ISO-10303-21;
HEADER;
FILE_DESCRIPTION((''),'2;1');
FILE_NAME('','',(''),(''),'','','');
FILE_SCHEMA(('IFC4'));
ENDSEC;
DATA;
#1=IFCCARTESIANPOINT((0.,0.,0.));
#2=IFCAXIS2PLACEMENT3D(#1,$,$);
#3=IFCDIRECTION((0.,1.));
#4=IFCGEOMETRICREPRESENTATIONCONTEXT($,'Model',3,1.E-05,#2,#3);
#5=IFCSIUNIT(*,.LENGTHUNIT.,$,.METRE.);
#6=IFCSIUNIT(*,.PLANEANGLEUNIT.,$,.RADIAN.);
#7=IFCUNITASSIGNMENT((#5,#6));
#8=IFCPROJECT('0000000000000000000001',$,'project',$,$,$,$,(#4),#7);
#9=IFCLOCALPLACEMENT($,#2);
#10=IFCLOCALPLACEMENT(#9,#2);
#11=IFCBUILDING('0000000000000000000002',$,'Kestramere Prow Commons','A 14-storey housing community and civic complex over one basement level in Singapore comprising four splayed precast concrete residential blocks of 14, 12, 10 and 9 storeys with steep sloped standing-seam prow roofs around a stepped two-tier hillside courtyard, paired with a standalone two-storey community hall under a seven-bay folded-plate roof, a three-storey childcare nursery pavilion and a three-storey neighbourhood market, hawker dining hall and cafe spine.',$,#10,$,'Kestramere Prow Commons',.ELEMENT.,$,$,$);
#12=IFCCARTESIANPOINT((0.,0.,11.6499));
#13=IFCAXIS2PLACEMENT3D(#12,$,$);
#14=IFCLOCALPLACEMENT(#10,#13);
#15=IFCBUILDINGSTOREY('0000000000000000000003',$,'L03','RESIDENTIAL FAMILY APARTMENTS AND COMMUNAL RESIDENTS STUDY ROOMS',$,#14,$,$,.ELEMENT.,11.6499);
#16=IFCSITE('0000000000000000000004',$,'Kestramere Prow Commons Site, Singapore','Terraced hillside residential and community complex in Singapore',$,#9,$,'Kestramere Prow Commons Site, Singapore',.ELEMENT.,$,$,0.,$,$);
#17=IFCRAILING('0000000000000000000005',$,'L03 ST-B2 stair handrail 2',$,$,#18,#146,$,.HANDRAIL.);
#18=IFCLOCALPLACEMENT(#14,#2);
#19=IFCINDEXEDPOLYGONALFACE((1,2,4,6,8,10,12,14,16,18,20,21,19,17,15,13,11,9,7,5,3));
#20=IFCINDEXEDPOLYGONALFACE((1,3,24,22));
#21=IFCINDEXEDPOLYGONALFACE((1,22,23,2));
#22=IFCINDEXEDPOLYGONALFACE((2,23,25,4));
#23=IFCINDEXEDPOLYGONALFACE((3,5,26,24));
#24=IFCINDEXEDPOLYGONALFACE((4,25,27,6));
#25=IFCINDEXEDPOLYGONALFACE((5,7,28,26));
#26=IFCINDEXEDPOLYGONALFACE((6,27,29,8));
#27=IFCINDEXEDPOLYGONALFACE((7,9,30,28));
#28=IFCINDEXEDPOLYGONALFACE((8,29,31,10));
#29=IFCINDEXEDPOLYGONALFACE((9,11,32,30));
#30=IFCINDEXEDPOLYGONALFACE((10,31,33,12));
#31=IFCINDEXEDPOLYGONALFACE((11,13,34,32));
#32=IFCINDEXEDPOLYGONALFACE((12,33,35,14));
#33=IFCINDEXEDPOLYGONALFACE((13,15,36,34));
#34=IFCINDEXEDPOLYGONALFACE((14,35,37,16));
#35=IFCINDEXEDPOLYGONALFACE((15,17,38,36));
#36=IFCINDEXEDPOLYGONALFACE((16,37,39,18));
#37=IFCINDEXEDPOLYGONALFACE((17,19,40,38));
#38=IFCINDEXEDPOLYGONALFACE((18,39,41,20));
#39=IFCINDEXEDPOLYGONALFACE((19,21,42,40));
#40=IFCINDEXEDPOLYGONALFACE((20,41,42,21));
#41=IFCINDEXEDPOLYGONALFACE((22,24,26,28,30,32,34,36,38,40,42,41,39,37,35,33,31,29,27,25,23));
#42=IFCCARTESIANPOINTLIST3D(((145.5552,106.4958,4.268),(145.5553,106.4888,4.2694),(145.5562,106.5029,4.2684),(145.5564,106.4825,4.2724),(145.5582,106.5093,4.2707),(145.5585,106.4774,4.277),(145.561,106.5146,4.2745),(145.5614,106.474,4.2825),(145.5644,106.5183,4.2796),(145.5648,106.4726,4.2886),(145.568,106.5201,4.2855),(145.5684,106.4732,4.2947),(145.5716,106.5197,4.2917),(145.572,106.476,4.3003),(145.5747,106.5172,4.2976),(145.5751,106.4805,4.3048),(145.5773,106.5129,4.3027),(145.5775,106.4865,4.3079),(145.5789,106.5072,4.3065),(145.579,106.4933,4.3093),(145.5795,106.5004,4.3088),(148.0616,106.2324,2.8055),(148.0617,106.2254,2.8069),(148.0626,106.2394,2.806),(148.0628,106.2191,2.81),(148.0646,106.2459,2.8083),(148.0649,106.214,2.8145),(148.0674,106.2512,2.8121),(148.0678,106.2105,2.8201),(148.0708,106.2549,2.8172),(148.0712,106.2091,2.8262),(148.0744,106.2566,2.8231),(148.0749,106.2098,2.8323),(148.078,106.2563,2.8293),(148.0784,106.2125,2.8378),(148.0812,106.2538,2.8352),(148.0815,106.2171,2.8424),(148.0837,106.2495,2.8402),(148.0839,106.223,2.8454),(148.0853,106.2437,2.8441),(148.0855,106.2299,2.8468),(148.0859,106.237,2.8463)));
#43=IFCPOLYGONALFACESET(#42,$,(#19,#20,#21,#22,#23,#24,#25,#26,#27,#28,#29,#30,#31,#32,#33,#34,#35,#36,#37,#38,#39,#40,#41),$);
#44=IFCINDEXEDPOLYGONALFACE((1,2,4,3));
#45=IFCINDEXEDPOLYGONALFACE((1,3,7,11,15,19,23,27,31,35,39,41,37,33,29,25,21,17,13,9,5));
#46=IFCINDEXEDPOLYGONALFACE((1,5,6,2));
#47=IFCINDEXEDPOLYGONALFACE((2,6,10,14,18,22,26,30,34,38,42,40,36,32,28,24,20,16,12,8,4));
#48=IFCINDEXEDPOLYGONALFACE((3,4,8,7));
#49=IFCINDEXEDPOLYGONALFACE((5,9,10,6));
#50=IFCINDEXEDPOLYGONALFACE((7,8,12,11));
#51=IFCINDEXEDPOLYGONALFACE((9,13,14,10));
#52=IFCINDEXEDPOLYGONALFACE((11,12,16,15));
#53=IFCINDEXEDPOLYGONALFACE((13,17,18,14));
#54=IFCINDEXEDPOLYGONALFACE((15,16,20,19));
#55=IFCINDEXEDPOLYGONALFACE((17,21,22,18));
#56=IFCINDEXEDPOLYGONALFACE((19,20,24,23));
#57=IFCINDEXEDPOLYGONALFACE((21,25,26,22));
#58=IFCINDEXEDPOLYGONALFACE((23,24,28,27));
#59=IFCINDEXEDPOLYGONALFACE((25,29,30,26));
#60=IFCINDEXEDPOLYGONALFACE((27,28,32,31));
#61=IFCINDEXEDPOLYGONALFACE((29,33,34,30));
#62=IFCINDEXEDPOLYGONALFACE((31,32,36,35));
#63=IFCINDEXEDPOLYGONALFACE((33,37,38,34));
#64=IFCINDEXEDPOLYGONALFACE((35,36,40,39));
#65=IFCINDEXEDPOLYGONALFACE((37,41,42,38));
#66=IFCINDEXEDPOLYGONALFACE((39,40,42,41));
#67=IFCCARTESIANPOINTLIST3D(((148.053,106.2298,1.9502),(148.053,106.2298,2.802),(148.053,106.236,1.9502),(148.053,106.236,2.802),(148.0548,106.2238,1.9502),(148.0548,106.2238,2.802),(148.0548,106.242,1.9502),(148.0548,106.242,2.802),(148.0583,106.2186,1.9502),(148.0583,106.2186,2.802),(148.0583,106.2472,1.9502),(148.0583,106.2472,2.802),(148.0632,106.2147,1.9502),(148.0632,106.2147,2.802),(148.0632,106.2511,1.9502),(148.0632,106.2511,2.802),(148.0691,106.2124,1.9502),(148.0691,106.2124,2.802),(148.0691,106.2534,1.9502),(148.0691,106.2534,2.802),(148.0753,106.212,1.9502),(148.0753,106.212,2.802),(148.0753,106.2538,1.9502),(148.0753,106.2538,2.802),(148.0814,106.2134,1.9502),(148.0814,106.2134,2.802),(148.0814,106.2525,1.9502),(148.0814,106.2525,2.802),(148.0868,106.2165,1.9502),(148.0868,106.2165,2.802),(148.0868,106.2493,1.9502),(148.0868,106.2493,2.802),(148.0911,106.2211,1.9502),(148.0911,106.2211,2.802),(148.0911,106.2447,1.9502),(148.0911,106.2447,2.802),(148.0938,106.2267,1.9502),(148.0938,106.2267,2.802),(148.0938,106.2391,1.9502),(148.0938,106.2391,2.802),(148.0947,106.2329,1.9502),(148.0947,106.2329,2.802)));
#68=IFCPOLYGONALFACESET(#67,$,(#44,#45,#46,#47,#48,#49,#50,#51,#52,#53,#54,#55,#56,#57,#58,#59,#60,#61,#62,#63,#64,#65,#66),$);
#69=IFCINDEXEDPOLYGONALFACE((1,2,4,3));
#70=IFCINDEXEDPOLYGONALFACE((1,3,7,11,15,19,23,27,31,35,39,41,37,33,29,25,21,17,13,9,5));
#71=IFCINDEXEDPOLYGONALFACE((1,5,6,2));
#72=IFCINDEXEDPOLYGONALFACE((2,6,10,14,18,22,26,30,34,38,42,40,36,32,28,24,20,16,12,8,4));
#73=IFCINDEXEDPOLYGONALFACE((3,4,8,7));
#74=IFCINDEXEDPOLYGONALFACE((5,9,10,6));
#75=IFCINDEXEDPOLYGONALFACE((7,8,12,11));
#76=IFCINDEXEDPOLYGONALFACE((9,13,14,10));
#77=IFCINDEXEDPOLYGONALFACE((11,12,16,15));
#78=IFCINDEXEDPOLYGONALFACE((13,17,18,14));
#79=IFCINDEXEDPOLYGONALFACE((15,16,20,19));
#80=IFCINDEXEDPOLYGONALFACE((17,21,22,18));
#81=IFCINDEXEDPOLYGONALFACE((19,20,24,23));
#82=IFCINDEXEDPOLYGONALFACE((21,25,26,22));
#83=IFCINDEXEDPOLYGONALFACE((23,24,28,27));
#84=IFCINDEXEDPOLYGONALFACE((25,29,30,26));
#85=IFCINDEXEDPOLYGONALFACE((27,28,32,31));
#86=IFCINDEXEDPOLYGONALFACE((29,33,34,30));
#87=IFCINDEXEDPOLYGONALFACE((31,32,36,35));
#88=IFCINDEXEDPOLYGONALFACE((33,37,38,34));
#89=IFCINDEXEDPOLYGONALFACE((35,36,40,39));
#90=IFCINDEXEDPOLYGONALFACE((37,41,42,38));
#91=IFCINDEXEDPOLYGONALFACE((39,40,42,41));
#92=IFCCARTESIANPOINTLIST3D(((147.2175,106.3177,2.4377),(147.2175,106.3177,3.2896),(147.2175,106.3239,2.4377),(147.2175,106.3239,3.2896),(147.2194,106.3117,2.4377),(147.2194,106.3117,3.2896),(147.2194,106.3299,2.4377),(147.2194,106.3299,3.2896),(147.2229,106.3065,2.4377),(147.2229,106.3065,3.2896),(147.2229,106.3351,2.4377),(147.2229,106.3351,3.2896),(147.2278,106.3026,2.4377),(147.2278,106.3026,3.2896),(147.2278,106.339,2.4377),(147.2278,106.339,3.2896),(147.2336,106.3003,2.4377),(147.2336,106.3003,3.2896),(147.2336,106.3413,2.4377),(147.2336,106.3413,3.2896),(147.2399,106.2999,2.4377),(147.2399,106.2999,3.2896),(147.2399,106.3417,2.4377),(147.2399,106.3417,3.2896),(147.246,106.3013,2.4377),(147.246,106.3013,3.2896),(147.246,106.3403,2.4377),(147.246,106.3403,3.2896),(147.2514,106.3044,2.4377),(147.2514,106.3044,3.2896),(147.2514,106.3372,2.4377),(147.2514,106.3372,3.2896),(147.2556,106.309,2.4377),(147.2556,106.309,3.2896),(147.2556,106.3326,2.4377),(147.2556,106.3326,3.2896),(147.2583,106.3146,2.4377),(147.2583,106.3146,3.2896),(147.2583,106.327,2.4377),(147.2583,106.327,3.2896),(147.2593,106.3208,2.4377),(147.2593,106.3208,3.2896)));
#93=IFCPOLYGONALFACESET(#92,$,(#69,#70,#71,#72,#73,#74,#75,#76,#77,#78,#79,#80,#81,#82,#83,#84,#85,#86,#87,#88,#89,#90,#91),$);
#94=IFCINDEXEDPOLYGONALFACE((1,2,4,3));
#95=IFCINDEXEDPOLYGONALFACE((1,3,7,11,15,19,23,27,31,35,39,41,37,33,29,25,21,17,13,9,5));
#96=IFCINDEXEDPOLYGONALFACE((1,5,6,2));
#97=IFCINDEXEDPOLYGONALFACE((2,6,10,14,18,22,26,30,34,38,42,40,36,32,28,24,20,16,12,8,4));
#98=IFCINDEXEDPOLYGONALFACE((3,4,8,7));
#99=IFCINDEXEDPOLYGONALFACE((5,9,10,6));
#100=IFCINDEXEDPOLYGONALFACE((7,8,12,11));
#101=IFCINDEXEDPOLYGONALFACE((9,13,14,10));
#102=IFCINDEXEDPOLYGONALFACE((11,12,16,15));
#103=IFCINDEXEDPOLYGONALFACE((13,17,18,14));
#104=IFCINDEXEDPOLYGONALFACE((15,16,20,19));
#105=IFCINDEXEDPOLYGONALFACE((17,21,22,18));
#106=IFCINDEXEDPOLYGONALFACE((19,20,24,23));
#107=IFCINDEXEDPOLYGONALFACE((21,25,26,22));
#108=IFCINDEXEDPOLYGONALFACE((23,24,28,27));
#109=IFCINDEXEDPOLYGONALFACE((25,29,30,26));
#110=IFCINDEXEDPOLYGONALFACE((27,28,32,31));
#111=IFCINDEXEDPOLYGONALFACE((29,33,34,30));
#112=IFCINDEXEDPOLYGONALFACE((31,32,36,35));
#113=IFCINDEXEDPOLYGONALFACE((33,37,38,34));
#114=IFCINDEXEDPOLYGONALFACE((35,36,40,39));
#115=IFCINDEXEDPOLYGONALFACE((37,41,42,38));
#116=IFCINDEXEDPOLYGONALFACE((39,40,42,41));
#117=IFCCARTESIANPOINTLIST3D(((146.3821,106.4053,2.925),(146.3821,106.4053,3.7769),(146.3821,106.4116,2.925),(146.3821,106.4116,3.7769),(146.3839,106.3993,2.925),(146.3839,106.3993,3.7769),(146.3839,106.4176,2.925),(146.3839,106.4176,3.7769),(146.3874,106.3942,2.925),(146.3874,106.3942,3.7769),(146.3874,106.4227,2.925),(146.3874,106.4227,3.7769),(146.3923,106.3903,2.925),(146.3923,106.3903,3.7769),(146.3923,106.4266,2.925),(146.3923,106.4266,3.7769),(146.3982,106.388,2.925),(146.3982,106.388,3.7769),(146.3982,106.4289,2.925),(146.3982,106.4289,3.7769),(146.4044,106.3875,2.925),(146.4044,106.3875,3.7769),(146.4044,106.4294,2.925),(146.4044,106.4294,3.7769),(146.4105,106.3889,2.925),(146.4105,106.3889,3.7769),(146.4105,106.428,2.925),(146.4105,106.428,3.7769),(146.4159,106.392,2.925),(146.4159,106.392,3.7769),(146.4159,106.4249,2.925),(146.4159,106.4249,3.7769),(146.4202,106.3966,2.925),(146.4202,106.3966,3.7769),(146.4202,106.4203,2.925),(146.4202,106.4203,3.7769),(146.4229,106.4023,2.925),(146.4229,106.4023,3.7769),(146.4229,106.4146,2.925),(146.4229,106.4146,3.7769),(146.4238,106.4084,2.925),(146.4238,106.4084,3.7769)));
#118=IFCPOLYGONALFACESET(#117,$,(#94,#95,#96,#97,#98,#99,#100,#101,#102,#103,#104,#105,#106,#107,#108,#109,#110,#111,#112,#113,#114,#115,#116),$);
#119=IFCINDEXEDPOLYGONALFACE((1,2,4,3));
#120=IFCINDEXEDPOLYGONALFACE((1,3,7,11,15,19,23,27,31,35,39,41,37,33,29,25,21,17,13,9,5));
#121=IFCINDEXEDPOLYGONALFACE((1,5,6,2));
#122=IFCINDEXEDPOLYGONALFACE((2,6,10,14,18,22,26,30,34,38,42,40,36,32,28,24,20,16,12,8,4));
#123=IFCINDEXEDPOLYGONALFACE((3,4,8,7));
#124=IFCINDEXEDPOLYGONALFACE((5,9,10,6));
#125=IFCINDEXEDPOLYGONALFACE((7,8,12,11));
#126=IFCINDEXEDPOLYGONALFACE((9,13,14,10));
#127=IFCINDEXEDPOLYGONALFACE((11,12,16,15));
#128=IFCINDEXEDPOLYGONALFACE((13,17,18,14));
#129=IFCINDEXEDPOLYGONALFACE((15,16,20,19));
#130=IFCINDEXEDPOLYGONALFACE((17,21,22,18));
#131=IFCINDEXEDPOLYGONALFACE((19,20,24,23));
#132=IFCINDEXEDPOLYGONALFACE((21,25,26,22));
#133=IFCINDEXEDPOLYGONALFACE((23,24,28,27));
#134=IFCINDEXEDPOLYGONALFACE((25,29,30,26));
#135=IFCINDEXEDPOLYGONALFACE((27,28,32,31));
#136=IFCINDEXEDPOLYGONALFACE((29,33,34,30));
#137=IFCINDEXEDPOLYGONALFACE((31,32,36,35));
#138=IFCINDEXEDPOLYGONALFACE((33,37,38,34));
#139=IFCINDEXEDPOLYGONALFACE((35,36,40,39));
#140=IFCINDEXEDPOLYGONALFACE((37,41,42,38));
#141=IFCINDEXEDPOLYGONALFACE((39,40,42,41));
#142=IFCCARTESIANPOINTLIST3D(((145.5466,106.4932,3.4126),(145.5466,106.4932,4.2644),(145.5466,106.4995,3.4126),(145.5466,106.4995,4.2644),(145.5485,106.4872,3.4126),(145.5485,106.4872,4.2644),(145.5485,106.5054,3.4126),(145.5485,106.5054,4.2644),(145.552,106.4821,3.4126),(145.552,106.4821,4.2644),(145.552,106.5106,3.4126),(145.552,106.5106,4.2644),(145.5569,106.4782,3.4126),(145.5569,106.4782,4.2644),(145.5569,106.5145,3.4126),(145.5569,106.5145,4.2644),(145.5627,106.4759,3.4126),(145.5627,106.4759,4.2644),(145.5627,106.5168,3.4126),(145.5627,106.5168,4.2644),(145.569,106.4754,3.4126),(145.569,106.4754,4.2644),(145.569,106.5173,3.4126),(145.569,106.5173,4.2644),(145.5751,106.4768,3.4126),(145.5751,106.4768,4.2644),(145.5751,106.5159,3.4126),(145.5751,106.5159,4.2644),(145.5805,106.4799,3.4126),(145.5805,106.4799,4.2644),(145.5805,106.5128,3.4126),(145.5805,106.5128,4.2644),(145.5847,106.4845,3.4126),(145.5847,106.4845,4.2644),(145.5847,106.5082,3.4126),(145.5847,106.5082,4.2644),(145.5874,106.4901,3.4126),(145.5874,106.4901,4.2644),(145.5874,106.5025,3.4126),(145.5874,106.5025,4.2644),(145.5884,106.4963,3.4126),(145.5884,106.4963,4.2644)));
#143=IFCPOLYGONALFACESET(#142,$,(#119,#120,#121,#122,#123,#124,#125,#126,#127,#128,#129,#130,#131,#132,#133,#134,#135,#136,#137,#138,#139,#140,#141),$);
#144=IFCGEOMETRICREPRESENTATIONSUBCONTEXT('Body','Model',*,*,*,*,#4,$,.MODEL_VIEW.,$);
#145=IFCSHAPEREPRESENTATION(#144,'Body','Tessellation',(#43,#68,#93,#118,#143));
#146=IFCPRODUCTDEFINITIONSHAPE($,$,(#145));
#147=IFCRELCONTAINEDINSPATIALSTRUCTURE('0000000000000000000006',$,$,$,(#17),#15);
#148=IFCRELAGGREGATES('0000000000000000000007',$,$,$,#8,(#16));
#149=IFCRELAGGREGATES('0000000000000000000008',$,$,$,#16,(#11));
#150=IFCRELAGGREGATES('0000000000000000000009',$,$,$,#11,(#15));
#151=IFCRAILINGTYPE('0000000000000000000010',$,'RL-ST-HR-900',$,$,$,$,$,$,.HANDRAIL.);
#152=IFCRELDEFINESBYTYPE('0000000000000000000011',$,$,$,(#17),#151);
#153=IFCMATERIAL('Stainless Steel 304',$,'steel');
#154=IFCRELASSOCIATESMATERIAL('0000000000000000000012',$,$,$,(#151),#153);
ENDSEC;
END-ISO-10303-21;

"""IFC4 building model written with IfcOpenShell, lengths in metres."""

from ifc_helpers import new_model, si_unit, direction, frame, origin, origin_2d, place, context, subcontext, project, spatial, circle, extrude, material, type_object, element, save


model = new_model("IFC4")

# Units and contexts
model_context = context("Model", 3, precision=1e-05, world=origin(), true_north=direction((0.0, 1.0)))
body_context = subcontext(model_context, "Body", "Model", "MODEL_VIEW")
ifc_project = project(units=[si_unit("LENGTHUNIT", "METRE"), si_unit("PLANEANGLEUNIT", "RADIAN")], contexts=[model_context])

# Site, building, storey
site_placement = place(None, origin())
site = spatial("IfcSite", under=ifc_project, at=site_placement, Name="Kestramere Prow Commons Site, Singapore", Description="Terraced hillside residential and community complex in Singapore", LongName="Kestramere Prow Commons Site, Singapore", CompositionType="ELEMENT", RefElevation=0.0)
building_placement = place(site_placement, origin())
building = spatial("IfcBuilding", under=site, at=building_placement, Name="Kestramere Prow Commons", Description="A 14-storey housing community and civic complex over one basement level in Singapore comprising four splayed precast concrete residential blocks of 14, 12, 10 and 9 storeys with steep sloped standing-seam prow roofs around a stepped two-tier hillside courtyard, paired with a standalone two-storey community hall under a seven-bay folded-plate roof, a three-storey childcare nursery pavilion and a three-storey neighbourhood market, hawker dining hall and cafe spine.", LongName="Kestramere Prow Commons", CompositionType="ELEMENT")
storey_placement = place(building_placement, frame((0.0, 0.0, 11.6499)))
storey = spatial("IfcBuildingStorey", under=building, at=storey_placement, Name="L03", Description="RESIDENTIAL FAMILY APARTMENTS AND COMMUNAL RESIDENTS STUDY ROOMS", CompositionType="ELEMENT", Elevation=11.6499)

# Railing
ifc_material_1 = material(Name="Stainless Steel 304", Category="steel")
railing_type_1 = type_object("IfcRailingType", Name="RL-ST-HR-900", PredefinedType="HANDRAIL", material=ifc_material_1)
railing_1_placement = place(storey_placement, frame((148.0737, 106.2329, 1.9502)))
element("IfcRailing", 1, at=railing_1_placement, inside=storey, type_object=railing_type_1, Name="L03 ST-B2 stair handrail 2", PredefinedType="HANDRAIL", context=body_context, shape_type="SweptSolid", body=[
    extrude(circle(Radius=0.0239, at=origin_2d()), frame((0.0, 0.0, 0.876), z_axis=(-0.860187, 0.090409, 0.501901), x_axis=(-0.104528, -0.994522, 0.0)), (0.0, 0.0, 1.0), 2.9138),
    extrude(circle(Radius=0.021, at=origin_2d()), origin(), (0.0, 0.0, 1.0), 0.8518),
    extrude(circle(Radius=0.021, at=origin_2d()), frame((-0.8354, 0.0879, 0.4875)), (0.0, 0.0, 1.0), 0.8518),
    extrude(circle(Radius=0.021, at=origin_2d()), frame((-1.6709, 0.1755, 0.9749)), (0.0, 0.0, 1.0), 0.8518),
    extrude(circle(Radius=0.021, at=origin_2d()), frame((-2.5063, 0.2634, 1.4624)), (0.0, 0.0, 1.0), 0.8518),
])

save(model, "model.ifc")
